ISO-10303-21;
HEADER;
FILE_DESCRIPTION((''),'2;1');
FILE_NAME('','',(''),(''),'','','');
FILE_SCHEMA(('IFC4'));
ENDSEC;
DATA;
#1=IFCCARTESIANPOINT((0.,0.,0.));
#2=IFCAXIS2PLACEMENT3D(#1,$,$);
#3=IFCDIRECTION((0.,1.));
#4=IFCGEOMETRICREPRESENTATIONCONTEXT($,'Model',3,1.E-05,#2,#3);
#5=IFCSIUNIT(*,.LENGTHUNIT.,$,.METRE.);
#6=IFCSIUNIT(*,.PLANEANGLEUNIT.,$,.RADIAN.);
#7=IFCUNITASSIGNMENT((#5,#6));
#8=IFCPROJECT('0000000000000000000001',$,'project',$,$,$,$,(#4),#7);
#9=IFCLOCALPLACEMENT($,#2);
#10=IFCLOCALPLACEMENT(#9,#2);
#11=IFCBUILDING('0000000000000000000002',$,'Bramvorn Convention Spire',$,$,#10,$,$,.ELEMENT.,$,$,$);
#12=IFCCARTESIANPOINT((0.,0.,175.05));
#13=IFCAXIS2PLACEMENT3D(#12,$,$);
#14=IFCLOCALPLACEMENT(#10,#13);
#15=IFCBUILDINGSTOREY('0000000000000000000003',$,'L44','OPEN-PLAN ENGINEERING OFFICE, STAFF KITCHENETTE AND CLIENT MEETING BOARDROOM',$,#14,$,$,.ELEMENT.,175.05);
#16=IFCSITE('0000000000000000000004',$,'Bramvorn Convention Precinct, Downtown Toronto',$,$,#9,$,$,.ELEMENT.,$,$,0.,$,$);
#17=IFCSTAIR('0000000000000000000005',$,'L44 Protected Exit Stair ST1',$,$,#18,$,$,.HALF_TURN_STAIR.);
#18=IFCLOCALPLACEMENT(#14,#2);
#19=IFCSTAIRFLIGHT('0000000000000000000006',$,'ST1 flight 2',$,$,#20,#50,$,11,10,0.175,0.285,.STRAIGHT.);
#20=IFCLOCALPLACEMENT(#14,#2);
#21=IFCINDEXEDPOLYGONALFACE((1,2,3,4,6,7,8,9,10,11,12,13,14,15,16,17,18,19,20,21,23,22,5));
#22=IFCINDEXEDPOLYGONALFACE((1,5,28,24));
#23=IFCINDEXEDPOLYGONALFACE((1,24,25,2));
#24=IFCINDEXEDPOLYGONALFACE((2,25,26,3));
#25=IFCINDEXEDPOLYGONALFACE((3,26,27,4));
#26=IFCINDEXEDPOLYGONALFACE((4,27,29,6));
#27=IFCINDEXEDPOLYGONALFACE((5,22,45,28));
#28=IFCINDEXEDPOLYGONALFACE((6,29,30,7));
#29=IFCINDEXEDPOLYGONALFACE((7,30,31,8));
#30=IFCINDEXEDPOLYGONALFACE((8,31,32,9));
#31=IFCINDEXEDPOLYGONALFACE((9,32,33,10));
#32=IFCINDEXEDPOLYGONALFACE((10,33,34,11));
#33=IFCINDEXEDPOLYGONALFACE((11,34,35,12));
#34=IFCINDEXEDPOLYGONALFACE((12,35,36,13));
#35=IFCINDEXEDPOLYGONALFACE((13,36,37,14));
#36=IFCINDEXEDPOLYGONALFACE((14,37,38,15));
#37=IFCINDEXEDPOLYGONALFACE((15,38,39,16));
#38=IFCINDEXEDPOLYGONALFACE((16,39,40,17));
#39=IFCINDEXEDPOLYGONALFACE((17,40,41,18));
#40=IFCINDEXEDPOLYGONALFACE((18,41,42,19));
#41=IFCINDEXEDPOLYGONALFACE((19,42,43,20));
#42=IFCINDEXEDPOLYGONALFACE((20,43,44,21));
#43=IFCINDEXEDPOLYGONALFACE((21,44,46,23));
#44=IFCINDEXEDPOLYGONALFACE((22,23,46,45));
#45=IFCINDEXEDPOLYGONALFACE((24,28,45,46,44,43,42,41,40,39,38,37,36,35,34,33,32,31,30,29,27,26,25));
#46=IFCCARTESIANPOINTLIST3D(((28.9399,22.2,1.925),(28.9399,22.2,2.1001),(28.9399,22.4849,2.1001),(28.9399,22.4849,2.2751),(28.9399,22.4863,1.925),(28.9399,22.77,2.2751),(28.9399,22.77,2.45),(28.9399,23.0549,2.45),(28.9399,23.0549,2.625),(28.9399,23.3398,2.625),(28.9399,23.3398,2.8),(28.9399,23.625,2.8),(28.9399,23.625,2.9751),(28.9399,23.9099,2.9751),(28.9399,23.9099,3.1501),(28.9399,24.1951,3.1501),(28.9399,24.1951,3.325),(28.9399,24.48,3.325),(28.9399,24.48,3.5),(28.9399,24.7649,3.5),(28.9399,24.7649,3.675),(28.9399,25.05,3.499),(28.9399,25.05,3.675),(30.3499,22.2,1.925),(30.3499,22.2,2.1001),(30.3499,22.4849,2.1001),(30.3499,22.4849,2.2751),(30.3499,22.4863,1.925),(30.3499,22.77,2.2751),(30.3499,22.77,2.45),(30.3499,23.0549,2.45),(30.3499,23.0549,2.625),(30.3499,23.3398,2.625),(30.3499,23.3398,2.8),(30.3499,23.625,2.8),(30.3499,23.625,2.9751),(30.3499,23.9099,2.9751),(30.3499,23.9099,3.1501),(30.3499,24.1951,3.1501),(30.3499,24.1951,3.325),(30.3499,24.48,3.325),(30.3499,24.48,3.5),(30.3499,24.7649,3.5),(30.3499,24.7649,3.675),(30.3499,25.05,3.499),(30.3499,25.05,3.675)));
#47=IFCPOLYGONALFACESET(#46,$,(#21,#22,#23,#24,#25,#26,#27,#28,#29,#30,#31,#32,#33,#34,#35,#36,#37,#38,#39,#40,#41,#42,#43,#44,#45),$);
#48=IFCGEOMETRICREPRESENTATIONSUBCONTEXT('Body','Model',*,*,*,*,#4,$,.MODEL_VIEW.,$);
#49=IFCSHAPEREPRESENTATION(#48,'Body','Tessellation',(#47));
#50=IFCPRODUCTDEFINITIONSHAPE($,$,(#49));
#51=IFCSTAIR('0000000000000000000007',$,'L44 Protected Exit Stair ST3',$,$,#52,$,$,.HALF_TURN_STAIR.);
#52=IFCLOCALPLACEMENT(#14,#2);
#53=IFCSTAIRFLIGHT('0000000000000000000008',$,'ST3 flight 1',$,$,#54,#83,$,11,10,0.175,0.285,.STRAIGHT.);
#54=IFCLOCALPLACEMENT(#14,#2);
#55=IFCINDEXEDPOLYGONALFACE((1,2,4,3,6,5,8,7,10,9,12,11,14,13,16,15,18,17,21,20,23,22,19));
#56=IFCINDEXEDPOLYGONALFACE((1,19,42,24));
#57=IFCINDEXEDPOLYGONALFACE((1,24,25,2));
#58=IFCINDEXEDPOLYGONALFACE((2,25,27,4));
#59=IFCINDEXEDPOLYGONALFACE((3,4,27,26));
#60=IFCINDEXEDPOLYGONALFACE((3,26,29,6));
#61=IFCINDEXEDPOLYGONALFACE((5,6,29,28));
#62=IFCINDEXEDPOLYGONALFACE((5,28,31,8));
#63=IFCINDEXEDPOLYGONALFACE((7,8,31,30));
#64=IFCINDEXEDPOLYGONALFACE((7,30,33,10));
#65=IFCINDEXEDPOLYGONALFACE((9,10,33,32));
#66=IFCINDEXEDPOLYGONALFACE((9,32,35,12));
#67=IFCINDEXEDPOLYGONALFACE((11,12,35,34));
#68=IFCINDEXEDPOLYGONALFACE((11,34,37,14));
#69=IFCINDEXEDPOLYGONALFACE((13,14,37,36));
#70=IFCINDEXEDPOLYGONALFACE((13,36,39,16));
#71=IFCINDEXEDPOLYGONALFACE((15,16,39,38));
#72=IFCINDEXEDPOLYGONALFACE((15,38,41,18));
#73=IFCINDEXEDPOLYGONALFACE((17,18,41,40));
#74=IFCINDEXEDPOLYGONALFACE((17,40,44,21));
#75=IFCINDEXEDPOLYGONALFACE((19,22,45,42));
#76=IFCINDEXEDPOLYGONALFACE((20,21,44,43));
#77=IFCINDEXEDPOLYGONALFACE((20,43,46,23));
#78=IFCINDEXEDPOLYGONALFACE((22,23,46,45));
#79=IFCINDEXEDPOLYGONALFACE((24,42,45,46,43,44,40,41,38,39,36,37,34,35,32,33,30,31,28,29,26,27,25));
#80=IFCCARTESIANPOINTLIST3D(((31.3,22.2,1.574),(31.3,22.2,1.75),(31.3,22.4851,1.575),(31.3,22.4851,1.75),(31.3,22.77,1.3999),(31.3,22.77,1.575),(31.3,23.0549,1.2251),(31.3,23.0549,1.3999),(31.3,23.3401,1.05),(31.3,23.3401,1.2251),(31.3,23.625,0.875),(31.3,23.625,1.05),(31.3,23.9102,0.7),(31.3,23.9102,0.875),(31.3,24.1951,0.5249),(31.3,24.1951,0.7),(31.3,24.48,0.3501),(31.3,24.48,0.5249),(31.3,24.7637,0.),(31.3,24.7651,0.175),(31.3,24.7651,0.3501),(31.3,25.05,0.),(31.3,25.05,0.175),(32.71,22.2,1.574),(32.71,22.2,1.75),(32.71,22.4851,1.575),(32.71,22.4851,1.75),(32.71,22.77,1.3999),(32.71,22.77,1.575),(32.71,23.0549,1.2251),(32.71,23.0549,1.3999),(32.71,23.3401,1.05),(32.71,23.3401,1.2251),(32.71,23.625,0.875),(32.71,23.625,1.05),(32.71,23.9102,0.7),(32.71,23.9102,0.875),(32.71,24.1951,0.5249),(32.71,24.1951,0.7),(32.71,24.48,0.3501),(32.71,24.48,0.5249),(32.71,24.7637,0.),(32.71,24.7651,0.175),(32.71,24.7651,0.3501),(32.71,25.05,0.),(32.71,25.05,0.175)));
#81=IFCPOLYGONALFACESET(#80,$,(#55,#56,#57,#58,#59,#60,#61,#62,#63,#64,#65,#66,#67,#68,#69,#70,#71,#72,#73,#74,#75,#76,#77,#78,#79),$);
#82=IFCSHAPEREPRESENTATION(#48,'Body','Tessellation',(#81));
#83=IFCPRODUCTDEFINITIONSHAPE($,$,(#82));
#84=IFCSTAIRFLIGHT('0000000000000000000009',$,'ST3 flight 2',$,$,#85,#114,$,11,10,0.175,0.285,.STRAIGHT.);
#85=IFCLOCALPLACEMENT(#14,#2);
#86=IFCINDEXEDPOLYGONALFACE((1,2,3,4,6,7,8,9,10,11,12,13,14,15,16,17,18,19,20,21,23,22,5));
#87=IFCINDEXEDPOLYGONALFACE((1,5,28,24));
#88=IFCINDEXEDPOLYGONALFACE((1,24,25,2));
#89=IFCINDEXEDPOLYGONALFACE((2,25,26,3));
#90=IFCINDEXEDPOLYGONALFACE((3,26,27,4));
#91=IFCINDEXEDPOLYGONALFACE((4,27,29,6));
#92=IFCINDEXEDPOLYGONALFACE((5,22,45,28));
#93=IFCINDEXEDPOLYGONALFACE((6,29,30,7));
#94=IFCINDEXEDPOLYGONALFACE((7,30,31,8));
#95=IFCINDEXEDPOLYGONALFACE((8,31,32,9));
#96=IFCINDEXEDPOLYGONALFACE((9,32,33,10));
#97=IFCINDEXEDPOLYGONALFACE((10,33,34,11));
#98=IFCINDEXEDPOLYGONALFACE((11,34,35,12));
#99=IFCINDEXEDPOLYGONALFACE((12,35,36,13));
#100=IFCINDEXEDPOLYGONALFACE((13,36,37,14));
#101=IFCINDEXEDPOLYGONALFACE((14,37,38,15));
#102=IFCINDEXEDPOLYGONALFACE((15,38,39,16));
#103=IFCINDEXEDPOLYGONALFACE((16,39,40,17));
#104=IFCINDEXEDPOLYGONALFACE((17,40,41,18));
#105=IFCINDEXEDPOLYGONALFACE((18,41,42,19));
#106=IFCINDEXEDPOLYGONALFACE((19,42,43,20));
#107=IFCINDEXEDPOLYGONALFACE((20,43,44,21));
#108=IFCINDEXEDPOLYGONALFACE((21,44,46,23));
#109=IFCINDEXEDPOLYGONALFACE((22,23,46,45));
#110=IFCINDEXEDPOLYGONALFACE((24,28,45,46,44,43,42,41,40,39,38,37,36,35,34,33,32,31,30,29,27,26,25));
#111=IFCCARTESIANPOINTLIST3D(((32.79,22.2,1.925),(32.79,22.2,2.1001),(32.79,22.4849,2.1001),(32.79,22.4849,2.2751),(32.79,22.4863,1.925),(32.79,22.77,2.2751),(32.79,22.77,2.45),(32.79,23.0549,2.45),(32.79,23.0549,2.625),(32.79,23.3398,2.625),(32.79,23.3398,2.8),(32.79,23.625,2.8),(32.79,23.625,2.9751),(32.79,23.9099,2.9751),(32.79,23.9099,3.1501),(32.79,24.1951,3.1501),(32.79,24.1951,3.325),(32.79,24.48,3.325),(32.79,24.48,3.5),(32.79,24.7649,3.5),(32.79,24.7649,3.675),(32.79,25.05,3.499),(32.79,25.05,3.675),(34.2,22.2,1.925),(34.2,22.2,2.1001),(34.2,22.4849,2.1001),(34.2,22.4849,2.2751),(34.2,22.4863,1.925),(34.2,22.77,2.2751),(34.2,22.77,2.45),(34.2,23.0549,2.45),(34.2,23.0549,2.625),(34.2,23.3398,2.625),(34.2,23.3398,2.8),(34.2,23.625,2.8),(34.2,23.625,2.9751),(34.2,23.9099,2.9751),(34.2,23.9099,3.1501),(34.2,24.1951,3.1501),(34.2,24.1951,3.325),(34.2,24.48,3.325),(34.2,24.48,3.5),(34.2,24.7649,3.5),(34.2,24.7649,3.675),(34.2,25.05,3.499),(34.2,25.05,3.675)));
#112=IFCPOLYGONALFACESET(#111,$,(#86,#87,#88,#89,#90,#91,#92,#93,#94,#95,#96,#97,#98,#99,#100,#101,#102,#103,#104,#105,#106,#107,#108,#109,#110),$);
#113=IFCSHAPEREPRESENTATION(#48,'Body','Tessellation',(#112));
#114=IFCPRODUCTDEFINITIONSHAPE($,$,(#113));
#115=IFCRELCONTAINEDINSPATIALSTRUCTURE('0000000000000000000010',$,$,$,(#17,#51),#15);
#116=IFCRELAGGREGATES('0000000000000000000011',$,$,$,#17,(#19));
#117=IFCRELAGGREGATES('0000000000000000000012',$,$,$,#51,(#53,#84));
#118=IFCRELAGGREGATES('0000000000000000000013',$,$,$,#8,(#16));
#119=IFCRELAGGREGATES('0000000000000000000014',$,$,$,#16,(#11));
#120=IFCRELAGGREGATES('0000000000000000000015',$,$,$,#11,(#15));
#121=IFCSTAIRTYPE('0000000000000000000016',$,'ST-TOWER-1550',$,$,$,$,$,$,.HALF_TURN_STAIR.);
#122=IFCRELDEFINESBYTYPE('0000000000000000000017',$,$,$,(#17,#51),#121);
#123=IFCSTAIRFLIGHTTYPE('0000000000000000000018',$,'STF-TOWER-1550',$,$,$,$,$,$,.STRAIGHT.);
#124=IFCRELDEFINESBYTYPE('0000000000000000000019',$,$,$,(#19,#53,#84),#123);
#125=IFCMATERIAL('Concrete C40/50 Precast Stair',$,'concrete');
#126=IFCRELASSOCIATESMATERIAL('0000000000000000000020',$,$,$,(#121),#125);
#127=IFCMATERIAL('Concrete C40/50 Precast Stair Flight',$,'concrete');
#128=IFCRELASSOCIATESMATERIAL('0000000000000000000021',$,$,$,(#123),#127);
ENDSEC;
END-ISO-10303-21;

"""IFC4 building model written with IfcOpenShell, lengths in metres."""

from ifc_helpers import new_model, si_unit, direction, frame, origin, place, context, subcontext, project, spatial, polyline, outline, extrude, material, type_object, element, aggregate, save


model = new_model("IFC4")

# Units and contexts
model_context = context("Model", 3, precision=1e-05, world=origin(), true_north=direction((0.0, 1.0)))
body_context = subcontext(model_context, "Body", "Model", "MODEL_VIEW")
ifc_project = project(units=[si_unit("LENGTHUNIT", "METRE"), si_unit("PLANEANGLEUNIT", "RADIAN")], contexts=[model_context])

# Site, building, storey
site_placement = place(None, origin())
site = spatial("IfcSite", under=ifc_project, at=site_placement, Name="Bramvorn Convention Precinct, Downtown Toronto", CompositionType="ELEMENT", RefElevation=0.0)
building_placement = place(site_placement, origin())
building = spatial("IfcBuilding", under=site, at=building_placement, Name="Bramvorn Convention Spire", CompositionType="ELEMENT")
storey_placement = place(building_placement, frame((0.0, 0.0, 175.05)))
storey = spatial("IfcBuildingStorey", under=building, at=storey_placement, Name="L44", Description="OPEN-PLAN ENGINEERING OFFICE, STAFF KITCHENETTE AND CLIENT MEETING BOARDROOM", CompositionType="ELEMENT", Elevation=175.05)

# Stairs, stair flights
ifc_material_1 = material(Name="Concrete C40/50 Precast Stair", Category="concrete")
stair_type = type_object("IfcStairType", Name="ST-TOWER-1550", PredefinedType="HALF_TURN_STAIR", material=ifc_material_1)
stair_1_placement = place(storey_placement, origin())
stair_1 = element("IfcStair", 1, at=stair_1_placement, inside=storey, type_object=stair_type, Name="L44 Protected Exit Stair ST1", PredefinedType="HALF_TURN_STAIR")
ifc_material_2 = material(Name="Concrete C40/50 Precast Stair Flight", Category="concrete")
stair_flight_type = type_object("IfcStairFlightType", Name="STF-TOWER-1550", PredefinedType="STRAIGHT", material=ifc_material_2)
stair_flight_1_placement = place(storey_placement, frame((29.645, 22.2, 1.925), z_axis=(0.0, 0.0, 1.0), x_axis=(0.0, 1.0, 0.0)))
stair_flight_1 = element("IfcStairFlight", 2, at=stair_flight_1_placement, type_object=stair_flight_type, Name="ST1 flight 2", NumberOfRisers=11, NumberOfTreads=10, PredefinedType="STRAIGHT", RiserHeight=0.175, TreadLength=0.285, context=body_context, shape_type="SweptSolid", body=[
    extrude(outline(polyline([(0.0, 0.0), (0.0, 0.175), (0.2849, 0.175), (0.2849, 0.3501), (0.5701, 0.3501), (0.5701, 0.5249), (0.855, 0.5249), (0.855, 0.7), (1.1399, 0.7), (1.1399, 0.875), (1.425, 0.875), (1.425, 1.05), (1.71, 1.05), (1.71, 1.2251), (1.9951, 1.2251), (1.9951, 1.3999), (2.28, 1.3999), (2.28, 1.575), (2.5649, 1.575), (2.5649, 1.75), (2.8501, 1.75), (2.8501, 1.925), (2.8501, 1.574), (0.2864, 0.0), (0.0, 0.0)])), frame((0.0, 0.7051, 0.0), z_axis=(0.0, -1.0, 0.0), x_axis=(1.0, 0.0, 0.0)), (0.0, 0.0, 1.0), 1.4099),
])
aggregate(stair_1, [stair_flight_1])
stair_2_placement = place(storey_placement, origin())
stair_2 = element("IfcStair", 3, at=stair_2_placement, inside=storey, type_object=stair_type, Name="L44 Protected Exit Stair ST3", PredefinedType="HALF_TURN_STAIR")
stair_flight_2_placement = place(storey_placement, frame((32.0049, 25.05, 0.0), z_axis=(0.0, 0.0, 1.0), x_axis=(0.0, -1.0, 0.0)))
stair_flight_2 = element("IfcStairFlight", 4, at=stair_flight_2_placement, type_object=stair_flight_type, Name="ST3 flight 1", NumberOfRisers=11, NumberOfTreads=10, PredefinedType="STRAIGHT", RiserHeight=0.175, TreadLength=0.285, context=body_context, shape_type="SweptSolid", body=[
    extrude(outline(polyline([(0.0, 0.0), (0.0, 0.175), (0.2849, 0.175), (0.2849, 0.3501), (0.5701, 0.3501), (0.5701, 0.5249), (0.855, 0.5249), (0.855, 0.7), (1.1399, 0.7), (1.1399, 0.875), (1.425, 0.875), (1.425, 1.05), (1.71, 1.05), (1.71, 1.2251), (1.9951, 1.2251), (1.9951, 1.3999), (2.28, 1.3999), (2.28, 1.575), (2.5649, 1.575), (2.5649, 1.75), (2.8501, 1.75), (2.8501, 1.925), (2.8501, 1.574), (0.2864, 0.0), (0.0, 0.0)])), frame((0.0, 0.7051, 0.0), z_axis=(0.0, -1.0, 0.0), x_axis=(1.0, 0.0, 0.0)), (0.0, 0.0, 1.0), 1.4099),
])
stair_flight_3_placement = place(storey_placement, frame((33.4951, 22.2, 1.925), z_axis=(0.0, 0.0, 1.0), x_axis=(0.0, 1.0, 0.0)))
stair_flight_3 = element("IfcStairFlight", 5, at=stair_flight_3_placement, type_object=stair_flight_type, Name="ST3 flight 2", NumberOfRisers=11, NumberOfTreads=10, PredefinedType="STRAIGHT", RiserHeight=0.175, TreadLength=0.285, context=body_context, shape_type="SweptSolid", body=[
    extrude(outline(polyline([(0.0, 0.0), (0.0, 0.175), (0.2849, 0.175), (0.2849, 0.3501), (0.5701, 0.3501), (0.5701, 0.5249), (0.855, 0.5249), (0.855, 0.7), (1.1399, 0.7), (1.1399, 0.875), (1.425, 0.875), (1.425, 1.05), (1.71, 1.05), (1.71, 1.2251), (1.9951, 1.2251), (1.9951, 1.3999), (2.28, 1.3999), (2.28, 1.575), (2.5649, 1.575), (2.5649, 1.75), (2.8501, 1.75), (2.8501, 1.925), (2.8501, 1.574), (0.2864, 0.0), (0.0, 0.0)])), frame((0.0, 0.7051, 0.0), z_axis=(0.0, -1.0, 0.0), x_axis=(1.0, 0.0, 0.0)), (0.0, 0.0, 1.0), 1.4099),
])
aggregate(stair_2, [stair_flight_2, stair_flight_3])

save(model, "model.ifc")
